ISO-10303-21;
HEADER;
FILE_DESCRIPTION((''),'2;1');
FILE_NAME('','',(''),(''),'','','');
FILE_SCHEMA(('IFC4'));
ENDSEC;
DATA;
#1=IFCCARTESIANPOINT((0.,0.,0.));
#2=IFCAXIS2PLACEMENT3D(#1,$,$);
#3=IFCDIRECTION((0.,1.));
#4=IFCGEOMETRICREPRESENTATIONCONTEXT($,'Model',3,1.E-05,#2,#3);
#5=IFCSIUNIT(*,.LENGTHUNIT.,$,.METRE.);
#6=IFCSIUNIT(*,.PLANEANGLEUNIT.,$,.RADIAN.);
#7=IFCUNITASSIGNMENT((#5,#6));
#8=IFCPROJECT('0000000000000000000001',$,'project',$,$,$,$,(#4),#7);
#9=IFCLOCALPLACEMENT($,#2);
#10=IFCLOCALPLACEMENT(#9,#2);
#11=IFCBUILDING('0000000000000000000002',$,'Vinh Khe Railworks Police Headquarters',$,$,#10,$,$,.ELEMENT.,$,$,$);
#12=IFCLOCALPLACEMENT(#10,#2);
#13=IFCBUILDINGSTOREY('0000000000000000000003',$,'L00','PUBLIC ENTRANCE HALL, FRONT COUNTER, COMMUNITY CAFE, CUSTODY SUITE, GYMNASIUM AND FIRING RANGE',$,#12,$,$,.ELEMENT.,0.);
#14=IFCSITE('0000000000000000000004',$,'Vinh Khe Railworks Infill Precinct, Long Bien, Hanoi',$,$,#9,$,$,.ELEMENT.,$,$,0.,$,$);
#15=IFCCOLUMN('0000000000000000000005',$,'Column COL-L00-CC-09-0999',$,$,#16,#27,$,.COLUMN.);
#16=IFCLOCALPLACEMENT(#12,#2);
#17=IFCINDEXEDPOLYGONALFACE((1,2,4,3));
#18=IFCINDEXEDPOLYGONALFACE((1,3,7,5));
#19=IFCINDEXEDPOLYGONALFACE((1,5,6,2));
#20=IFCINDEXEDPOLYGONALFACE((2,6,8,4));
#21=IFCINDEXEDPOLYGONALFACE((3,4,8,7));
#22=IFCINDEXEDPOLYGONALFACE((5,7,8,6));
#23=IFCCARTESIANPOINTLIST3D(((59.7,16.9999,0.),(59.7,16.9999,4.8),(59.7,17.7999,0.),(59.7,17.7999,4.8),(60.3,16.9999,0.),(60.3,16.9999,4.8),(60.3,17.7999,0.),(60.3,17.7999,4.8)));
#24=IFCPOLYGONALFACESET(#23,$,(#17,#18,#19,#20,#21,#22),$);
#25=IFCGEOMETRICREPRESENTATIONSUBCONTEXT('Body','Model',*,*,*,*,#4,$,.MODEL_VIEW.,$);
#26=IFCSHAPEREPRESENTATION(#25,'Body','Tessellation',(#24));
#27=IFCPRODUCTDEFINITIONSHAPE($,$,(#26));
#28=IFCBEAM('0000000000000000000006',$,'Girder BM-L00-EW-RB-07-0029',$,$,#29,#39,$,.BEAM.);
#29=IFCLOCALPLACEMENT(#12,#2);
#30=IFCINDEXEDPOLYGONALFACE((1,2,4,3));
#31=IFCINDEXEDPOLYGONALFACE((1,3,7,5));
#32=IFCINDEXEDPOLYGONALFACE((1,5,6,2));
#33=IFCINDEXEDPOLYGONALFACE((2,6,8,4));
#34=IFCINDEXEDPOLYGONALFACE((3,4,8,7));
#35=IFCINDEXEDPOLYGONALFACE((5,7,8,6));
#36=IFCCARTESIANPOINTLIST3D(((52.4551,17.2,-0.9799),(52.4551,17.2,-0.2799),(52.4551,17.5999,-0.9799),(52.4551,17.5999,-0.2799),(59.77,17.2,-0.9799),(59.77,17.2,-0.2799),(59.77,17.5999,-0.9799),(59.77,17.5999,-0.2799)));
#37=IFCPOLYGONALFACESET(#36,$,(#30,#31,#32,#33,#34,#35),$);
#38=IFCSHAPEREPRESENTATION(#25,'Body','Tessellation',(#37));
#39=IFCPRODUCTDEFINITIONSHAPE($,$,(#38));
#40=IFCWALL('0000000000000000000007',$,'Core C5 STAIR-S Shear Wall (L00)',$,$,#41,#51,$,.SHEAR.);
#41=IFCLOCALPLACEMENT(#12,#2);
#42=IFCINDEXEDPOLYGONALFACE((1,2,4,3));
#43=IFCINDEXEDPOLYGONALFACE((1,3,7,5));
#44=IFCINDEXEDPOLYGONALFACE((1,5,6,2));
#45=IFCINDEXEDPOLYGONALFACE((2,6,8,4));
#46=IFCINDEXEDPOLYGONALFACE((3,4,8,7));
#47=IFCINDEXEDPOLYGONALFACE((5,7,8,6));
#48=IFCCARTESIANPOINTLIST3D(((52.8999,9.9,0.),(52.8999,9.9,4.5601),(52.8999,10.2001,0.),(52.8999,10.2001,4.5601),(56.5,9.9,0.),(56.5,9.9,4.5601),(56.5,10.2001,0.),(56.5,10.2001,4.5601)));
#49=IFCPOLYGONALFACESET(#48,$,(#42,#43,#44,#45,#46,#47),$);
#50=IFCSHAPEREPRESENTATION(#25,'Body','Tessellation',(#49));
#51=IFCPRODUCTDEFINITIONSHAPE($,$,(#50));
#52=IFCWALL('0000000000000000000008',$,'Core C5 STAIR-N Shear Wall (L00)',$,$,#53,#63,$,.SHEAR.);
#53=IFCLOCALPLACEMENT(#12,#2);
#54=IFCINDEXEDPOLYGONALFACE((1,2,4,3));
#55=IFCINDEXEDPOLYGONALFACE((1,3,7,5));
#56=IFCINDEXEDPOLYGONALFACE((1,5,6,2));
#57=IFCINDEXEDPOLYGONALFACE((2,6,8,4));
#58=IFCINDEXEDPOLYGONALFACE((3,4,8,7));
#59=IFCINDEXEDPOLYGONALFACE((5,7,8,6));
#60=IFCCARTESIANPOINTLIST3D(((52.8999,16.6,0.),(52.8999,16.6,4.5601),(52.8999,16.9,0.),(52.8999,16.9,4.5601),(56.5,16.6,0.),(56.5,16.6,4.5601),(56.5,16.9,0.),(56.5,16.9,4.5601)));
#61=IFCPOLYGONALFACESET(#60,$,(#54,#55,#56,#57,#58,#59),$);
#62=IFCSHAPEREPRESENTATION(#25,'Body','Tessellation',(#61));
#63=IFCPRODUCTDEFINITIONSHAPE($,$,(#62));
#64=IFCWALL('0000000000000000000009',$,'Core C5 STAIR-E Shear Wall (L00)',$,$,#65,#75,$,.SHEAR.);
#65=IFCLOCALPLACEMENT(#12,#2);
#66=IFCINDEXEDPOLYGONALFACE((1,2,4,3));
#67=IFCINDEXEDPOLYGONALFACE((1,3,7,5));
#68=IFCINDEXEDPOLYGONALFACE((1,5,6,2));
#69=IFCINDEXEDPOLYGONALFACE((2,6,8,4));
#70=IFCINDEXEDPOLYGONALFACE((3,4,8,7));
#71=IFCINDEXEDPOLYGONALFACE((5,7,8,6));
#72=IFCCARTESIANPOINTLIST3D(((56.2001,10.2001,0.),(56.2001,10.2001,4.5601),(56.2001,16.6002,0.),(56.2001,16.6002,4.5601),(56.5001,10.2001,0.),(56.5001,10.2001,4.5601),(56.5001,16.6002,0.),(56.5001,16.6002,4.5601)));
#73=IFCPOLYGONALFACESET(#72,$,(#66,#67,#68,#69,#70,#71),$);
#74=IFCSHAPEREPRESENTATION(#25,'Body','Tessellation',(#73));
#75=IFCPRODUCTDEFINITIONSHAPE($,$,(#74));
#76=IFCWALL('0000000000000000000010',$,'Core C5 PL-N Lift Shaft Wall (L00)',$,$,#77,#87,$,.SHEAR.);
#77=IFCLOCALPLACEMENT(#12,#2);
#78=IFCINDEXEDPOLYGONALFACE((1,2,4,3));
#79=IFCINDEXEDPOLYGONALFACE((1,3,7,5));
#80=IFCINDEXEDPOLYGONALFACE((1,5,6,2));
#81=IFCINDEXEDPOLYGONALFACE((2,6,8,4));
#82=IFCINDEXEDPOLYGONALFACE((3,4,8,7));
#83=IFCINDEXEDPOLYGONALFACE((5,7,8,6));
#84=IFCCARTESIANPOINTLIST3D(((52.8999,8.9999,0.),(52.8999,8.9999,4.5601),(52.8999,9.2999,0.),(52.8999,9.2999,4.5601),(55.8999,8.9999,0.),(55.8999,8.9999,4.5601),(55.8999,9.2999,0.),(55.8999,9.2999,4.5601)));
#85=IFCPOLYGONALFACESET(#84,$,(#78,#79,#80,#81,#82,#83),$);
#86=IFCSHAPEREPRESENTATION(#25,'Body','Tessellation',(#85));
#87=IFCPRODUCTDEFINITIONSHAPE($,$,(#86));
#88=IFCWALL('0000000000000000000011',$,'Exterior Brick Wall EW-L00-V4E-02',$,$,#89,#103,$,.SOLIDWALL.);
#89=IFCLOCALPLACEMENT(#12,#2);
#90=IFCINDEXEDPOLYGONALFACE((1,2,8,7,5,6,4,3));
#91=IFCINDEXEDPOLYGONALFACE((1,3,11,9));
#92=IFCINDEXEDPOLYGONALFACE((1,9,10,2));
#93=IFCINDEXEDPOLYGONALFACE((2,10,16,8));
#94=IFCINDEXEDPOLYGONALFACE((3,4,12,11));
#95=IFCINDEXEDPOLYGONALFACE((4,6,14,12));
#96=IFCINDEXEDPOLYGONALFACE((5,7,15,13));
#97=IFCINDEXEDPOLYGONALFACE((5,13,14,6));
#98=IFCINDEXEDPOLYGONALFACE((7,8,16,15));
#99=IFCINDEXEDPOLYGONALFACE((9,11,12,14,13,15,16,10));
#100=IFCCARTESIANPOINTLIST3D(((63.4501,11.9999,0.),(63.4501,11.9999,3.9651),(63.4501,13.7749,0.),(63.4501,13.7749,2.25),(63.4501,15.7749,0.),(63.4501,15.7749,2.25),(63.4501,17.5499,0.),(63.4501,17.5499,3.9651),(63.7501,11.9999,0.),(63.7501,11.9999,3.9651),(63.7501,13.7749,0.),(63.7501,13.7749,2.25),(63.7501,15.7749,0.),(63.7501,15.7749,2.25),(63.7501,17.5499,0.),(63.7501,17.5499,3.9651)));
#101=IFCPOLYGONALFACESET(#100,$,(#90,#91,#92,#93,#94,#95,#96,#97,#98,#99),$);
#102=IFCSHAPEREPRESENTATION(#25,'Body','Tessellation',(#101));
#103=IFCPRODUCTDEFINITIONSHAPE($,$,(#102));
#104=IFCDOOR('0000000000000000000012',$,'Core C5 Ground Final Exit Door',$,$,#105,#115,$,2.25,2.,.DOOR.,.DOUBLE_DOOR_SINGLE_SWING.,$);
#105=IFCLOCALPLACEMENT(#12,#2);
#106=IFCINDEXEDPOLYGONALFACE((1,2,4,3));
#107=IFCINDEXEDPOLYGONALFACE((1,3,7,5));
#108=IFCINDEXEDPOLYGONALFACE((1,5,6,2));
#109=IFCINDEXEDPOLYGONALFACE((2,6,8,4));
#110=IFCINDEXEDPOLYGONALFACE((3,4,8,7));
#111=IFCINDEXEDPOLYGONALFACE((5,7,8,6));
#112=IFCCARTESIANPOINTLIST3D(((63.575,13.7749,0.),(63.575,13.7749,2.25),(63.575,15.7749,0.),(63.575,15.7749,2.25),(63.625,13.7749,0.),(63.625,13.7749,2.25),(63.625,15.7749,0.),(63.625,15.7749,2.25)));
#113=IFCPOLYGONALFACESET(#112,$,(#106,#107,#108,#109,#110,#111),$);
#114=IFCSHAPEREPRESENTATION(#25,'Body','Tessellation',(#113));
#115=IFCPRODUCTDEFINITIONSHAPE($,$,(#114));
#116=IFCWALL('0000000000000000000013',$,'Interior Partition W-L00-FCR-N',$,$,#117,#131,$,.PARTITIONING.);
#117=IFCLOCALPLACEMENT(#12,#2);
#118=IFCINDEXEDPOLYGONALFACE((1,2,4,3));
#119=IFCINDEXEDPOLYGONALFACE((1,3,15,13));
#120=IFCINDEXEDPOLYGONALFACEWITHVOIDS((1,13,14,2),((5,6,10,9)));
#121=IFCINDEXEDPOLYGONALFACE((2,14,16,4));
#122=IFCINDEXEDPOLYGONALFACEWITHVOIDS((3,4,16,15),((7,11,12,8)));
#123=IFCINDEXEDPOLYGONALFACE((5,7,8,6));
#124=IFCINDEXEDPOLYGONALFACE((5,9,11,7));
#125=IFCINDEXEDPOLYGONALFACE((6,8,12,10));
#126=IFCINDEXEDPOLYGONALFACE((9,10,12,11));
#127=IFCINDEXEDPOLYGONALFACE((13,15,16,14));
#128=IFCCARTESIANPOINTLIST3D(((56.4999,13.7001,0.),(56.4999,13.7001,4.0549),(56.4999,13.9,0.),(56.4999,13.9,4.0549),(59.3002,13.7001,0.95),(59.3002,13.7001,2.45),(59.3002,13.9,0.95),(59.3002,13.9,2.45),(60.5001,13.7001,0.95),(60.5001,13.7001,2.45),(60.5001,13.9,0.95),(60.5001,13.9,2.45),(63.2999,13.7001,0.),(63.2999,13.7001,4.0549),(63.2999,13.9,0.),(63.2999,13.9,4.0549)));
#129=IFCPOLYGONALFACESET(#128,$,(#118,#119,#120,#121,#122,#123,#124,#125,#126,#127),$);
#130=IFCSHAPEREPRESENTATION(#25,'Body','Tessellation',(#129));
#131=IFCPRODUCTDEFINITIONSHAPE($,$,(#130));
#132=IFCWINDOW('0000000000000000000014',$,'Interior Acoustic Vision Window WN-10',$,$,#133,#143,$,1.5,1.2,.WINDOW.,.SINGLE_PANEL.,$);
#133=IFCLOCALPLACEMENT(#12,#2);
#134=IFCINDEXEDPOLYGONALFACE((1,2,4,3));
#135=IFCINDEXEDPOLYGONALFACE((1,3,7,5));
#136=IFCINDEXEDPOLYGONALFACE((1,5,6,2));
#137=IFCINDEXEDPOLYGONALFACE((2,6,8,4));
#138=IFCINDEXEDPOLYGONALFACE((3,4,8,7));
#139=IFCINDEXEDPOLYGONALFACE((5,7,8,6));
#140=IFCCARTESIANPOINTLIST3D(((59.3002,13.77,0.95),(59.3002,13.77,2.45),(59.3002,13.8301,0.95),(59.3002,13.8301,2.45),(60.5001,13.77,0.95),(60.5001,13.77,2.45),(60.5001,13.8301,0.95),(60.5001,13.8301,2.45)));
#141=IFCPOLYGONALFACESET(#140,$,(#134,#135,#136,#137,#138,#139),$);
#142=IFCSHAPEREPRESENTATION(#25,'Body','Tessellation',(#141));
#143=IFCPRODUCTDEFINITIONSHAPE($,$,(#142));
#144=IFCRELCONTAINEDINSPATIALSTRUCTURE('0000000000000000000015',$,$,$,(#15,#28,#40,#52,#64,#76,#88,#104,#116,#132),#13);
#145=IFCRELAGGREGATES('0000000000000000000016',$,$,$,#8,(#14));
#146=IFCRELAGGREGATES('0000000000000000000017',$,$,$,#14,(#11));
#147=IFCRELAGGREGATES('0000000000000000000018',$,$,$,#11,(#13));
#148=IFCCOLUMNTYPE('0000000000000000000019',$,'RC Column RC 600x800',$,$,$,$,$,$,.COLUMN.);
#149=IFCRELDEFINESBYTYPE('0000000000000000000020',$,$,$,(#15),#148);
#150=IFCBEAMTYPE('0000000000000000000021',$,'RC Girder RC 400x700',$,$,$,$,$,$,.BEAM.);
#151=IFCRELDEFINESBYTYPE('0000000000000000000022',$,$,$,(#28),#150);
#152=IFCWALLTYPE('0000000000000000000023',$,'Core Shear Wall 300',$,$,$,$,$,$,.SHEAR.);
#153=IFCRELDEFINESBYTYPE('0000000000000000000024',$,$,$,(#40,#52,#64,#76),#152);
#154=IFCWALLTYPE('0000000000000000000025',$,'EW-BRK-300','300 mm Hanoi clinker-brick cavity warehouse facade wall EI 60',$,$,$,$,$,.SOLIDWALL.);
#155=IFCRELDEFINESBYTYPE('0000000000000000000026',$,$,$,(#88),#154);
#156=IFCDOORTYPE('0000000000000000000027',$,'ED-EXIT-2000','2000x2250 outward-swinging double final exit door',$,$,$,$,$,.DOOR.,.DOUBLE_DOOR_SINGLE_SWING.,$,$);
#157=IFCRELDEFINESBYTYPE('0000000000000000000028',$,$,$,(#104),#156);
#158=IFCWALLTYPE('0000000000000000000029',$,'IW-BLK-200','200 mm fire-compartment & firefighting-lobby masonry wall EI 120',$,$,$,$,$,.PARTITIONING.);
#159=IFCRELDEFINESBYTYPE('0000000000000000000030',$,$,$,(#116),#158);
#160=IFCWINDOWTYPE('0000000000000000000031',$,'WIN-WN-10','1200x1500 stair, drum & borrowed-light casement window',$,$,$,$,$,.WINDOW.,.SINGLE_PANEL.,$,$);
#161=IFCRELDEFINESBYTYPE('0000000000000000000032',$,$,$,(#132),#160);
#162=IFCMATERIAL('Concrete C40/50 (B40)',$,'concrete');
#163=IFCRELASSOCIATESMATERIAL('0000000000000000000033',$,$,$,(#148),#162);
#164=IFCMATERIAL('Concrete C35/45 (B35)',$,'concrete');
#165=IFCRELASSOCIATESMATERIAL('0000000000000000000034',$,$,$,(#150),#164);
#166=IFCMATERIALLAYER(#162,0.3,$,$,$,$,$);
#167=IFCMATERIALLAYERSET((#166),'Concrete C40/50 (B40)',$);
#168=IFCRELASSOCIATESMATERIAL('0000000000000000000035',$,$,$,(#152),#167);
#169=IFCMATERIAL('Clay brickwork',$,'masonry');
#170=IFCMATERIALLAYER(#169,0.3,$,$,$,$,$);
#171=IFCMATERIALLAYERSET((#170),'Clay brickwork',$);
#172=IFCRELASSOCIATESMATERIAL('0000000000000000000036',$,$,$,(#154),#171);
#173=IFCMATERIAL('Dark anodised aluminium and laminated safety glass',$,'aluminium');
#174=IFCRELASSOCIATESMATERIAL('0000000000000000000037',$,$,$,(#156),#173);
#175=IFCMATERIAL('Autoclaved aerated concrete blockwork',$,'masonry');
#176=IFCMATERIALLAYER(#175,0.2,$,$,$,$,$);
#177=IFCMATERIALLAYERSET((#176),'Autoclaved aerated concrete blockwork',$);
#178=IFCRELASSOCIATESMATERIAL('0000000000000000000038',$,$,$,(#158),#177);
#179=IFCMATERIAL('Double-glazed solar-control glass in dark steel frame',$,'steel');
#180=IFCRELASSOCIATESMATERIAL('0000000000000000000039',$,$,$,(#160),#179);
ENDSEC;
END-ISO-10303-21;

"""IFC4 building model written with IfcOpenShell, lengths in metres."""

from ifc_helpers import new_model, si_unit, direction, frame, frame_2d, origin, origin_2d, place, context, subcontext, project, spatial, rectangle, extrude, material, layer, layer_set, material_profile, profile_set, type_object, element, fill, save


model = new_model("IFC4")

# Units and contexts
model_context = context("Model", 3, precision=1e-05, world=origin(), true_north=direction((0.0, 1.0)))
body_context = subcontext(model_context, "Body", "Model", "MODEL_VIEW")
ifc_project = project(units=[si_unit("LENGTHUNIT", "METRE"), si_unit("PLANEANGLEUNIT", "RADIAN")], contexts=[model_context])

# Site, building, storey
site_placement = place(None, origin())
site = spatial("IfcSite", under=ifc_project, at=site_placement, Name="Vinh Khe Railworks Infill Precinct, Long Bien, Hanoi", CompositionType="ELEMENT", RefElevation=0.0)
building_placement = place(site_placement, origin())
building = spatial("IfcBuilding", under=site, at=building_placement, Name="Vinh Khe Railworks Police Headquarters", CompositionType="ELEMENT")
storey_placement = place(building_placement, origin())
storey = spatial("IfcBuildingStorey", under=building, at=storey_placement, Name="L00", Description="PUBLIC ENTRANCE HALL, FRONT COUNTER, COMMUNITY CAFE, CUSTODY SUITE, GYMNASIUM AND FIRING RANGE", CompositionType="ELEMENT", Elevation=0.0)

# Column
ifc_material_1 = material(Name="Concrete C40/50 (B40)", Category="concrete")
ifc_material_profile_1 = material_profile(ifc_material_1, rectangle(XDim=0.6001, YDim=0.8, at=origin_2d()), Name="RC 600x800")
ifc_profile_set_1 = profile_set([ifc_material_profile_1], Name="Concrete C40/50 (B40)")
column_type = type_object("IfcColumnType", Name="RC Column RC 600x800", PredefinedType="COLUMN", material=ifc_profile_set_1)
column_placement = place(storey_placement, frame((60.0, 17.3999, 0.0), z_axis=(0.0, 0.0, 1.0), x_axis=(1.0, 0.0, 0.0)))
element("IfcColumn", 1, at=column_placement, inside=storey, type_object=column_type, Name="Column COL-L00-CC-09-0999", PredefinedType="COLUMN", context=body_context, shape_type="SweptSolid", body=[
    extrude(rectangle(XDim=0.6001, YDim=0.8, at=origin_2d()), origin(), (0.0, 0.0, 1.0), 4.8),
])

# Beam
ifc_material_2 = material(Name="Concrete C35/45 (B35)", Category="concrete")
ifc_material_profile_2 = material_profile(ifc_material_2, rectangle(XDim=0.3999, YDim=0.7, at=origin_2d()), Name="RC 400x700")
ifc_profile_set_2 = profile_set([ifc_material_profile_2], Name="Concrete C35/45 (B35)")
beam_type = type_object("IfcBeamType", Name="RC Girder RC 400x700", PredefinedType="BEAM", material=ifc_profile_set_2)
beam_placement = place(storey_placement, frame((52.4551, 17.3999, -0.6299), z_axis=(1.0, 0.0, 0.0), x_axis=(0.0, 1.0, 0.0)))
element("IfcBeam", 2, at=beam_placement, inside=storey, type_object=beam_type, Name="Girder BM-L00-EW-RB-07-0029", PredefinedType="BEAM", context=body_context, shape_type="SweptSolid", body=[
    extrude(rectangle(XDim=0.3999, YDim=0.7, at=origin_2d()), origin(), (0.0, 0.0, 1.0), 7.3149),
])

# Walls
ifc_layer_1 = layer(ifc_material_1, 0.3)
ifc_layer_set_1 = layer_set([ifc_layer_1], Name="Concrete C40/50 (B40)")
wall_type_1 = type_object("IfcWallType", Name="Core Shear Wall 300", PredefinedType="SHEAR", material=ifc_layer_set_1)
for number, where, z_axis, x_axis, name in (
    (3, (52.8999, 10.05, 0.0), (0.0, 0.0, 1.0), (1.0, 0.0, 0.0), "Core C5 STAIR-S Shear Wall (L00)"),
    (4, (52.8999, 16.75, 0.0), (0.0, 0.0, 1.0), (1.0, 0.0, 0.0), "Core C5 STAIR-N Shear Wall (L00)"),
):
    element("IfcWall", number, at=place(storey_placement, frame(where, z_axis=z_axis, x_axis=x_axis)), inside=storey, type_object=wall_type_1, Name=name, PredefinedType="SHEAR", context=body_context, shape_type="SweptSolid", body=[
        extrude(rectangle(XDim=3.6001, YDim=0.3, at=frame_2d((1.8, 0.0))), origin(), (0.0, 0.0, 1.0), 4.5601),
    ])

# Walls
wall_1_placement = place(storey_placement, frame((56.3501, 10.2, 0.0), z_axis=(0.0, 0.0, 1.0), x_axis=(0.0, 1.0, 0.0)))
element("IfcWall", 5, at=wall_1_placement, inside=storey, type_object=wall_type_1, Name="Core C5 STAIR-E Shear Wall (L00)", PredefinedType="SHEAR", context=body_context, shape_type="SweptSolid", body=[
    extrude(rectangle(XDim=6.4001, YDim=0.3, at=frame_2d((3.2002, 0.0))), origin(), (0.0, 0.0, 1.0), 4.5601),
])
wall_2_placement = place(storey_placement, frame((52.8999, 9.1499, 0.0), z_axis=(0.0, 0.0, 1.0), x_axis=(1.0, 0.0, 0.0)))
element("IfcWall", 6, at=wall_2_placement, inside=storey, type_object=wall_type_1, Name="Core C5 PL-N Lift Shaft Wall (L00)", PredefinedType="SHEAR", context=body_context, shape_type="SweptSolid", body=[
    extrude(rectangle(XDim=3.0, YDim=0.3, at=frame_2d((1.5, 0.0))), origin(), (0.0, 0.0, 1.0), 4.5601),
])

# Wall, opening, door
ifc_material_3 = material(Name="Clay brickwork", Category="masonry")
ifc_layer_2 = layer(ifc_material_3, 0.3)
ifc_layer_set_2 = layer_set([ifc_layer_2], Name="Clay brickwork")
wall_type_2 = type_object("IfcWallType", Name="EW-BRK-300", Description="300 mm Hanoi clinker-brick cavity warehouse facade wall EI 60", PredefinedType="SOLIDWALL", material=ifc_layer_set_2)
wall_3_placement = place(storey_placement, frame((63.6001, 12.0, 0.0), z_axis=(0.0, 0.0, 1.0), x_axis=(0.0, 1.0, 0.0)))
wall_3 = element("IfcWall", 7, at=wall_3_placement, inside=storey, type_object=wall_type_2, Name="Exterior Brick Wall EW-L00-V4E-02", PredefinedType="SOLIDWALL", context=body_context, shape_type="SweptSolid", body=[
    extrude(rectangle(XDim=5.55, YDim=0.3, at=frame_2d((2.7749, 0.0))), origin(), (0.0, 0.0, 1.0), 3.9651),
])
opening_1_placement = place(wall_3_placement, frame((1.7749, 0.0, 0.0)))
opening_1 = element("IfcOpeningElement", 8, at=opening_1_placement, cuts=wall_3, PredefinedType="OPENING", context=body_context, shape_type="SweptSolid", body=[
    extrude(rectangle(XDim=2.0, YDim=2.25, at=frame_2d((1.0, 1.125))), frame((0.0, 0.165, 0.0), z_axis=(0.0, -1.0, 0.0), x_axis=(1.0, 0.0, 0.0)), (0.0, 0.0, 1.0), 0.3298),
])
ifc_material_4 = material(Name="Dark anodised aluminium and laminated safety glass", Category="aluminium")
door_type_1 = type_object("IfcDoorType", Name="ED-EXIT-2000", Description="2000x2250 outward-swinging double final exit door", OperationType="DOUBLE_DOOR_SINGLE_SWING", PredefinedType="DOOR", material=ifc_material_4)
door_1_placement = place(opening_1_placement, frame((2.0, 0.0, 0.0), z_axis=(0.0, 0.0, 1.0), x_axis=(-1.0, 0.0, 0.0)))
door_1 = element("IfcDoor", 9, at=door_1_placement, inside=storey, type_object=door_type_1, Name="Core C5 Ground Final Exit Door", OperationType="DOUBLE_DOOR_SINGLE_SWING", OverallHeight=2.25, OverallWidth=2.0, PredefinedType="DOOR", context=body_context, shape_type="SweptSolid", body=[
    extrude(rectangle(XDim=2.0, YDim=2.25, at=frame_2d((1.0, 1.125))), frame((0.0, 0.0249, 0.0), z_axis=(0.0, -1.0, 0.0), x_axis=(1.0, 0.0, 0.0)), (0.0, 0.0, 1.0), 0.05),
])
fill(opening_1, door_1)

# Wall, opening, window
ifc_material_5 = material(Name="Autoclaved aerated concrete blockwork", Category="masonry")
ifc_layer_3 = layer(ifc_material_5, 0.2)
ifc_layer_set_3 = layer_set([ifc_layer_3], Name="Autoclaved aerated concrete blockwork")
wall_type_3 = type_object("IfcWallType", Name="IW-BLK-200", Description="200 mm fire-compartment & firefighting-lobby masonry wall EI 120", PredefinedType="PARTITIONING", material=ifc_layer_set_3)
wall_4_placement = place(storey_placement, frame((56.5, 13.8, 0.0), z_axis=(0.0, 0.0, 1.0), x_axis=(1.0, 0.0, 0.0)))
wall_4 = element("IfcWall", 10, at=wall_4_placement, inside=storey, type_object=wall_type_3, Name="Interior Partition W-L00-FCR-N", PredefinedType="PARTITIONING", context=body_context, shape_type="SweptSolid", body=[
    extrude(rectangle(XDim=6.8, YDim=0.2, at=frame_2d((3.3999, 0.0))), origin(), (0.0, 0.0, 1.0), 4.0549),
])
opening_2_placement = place(wall_4_placement, frame((2.8, 0.0, 0.95)))
opening_2 = element("IfcOpeningElement", 11, at=opening_2_placement, cuts=wall_4, PredefinedType="OPENING", context=body_context, shape_type="SweptSolid", body=[
    extrude(rectangle(XDim=1.2, YDim=1.5, at=frame_2d((0.6001, 0.75))), frame((0.0, 0.1147, 0.0), z_axis=(0.0, -1.0, 0.0), x_axis=(1.0, 0.0, 0.0)), (0.0, 0.0, 1.0), 0.2297),
])
ifc_material_6 = material(Name="Double-glazed solar-control glass in dark steel frame", Category="steel")
window_type = type_object("IfcWindowType", Name="WIN-WN-10", Description="1200x1500 stair, drum & borrowed-light casement window", PartitioningType="SINGLE_PANEL", PredefinedType="WINDOW", material=ifc_material_6)
window_placement = place(opening_2_placement, origin())
window = element("IfcWindow", 12, at=window_placement, inside=storey, type_object=window_type, Name="Interior Acoustic Vision Window WN-10", OverallHeight=1.5, OverallWidth=1.2, PartitioningType="SINGLE_PANEL", PredefinedType="WINDOW", context=body_context, shape_type="SweptSolid", body=[
    extrude(rectangle(XDim=1.2, YDim=1.5, at=frame_2d((0.6001, 0.75))), frame((0.0, 0.03, 0.0), z_axis=(0.0, -1.0, 0.0), x_axis=(1.0, 0.0, 0.0)), (0.0, 0.0, 1.0), 0.0601),
])
fill(opening_2, window)

save(model, "model.ifc")
